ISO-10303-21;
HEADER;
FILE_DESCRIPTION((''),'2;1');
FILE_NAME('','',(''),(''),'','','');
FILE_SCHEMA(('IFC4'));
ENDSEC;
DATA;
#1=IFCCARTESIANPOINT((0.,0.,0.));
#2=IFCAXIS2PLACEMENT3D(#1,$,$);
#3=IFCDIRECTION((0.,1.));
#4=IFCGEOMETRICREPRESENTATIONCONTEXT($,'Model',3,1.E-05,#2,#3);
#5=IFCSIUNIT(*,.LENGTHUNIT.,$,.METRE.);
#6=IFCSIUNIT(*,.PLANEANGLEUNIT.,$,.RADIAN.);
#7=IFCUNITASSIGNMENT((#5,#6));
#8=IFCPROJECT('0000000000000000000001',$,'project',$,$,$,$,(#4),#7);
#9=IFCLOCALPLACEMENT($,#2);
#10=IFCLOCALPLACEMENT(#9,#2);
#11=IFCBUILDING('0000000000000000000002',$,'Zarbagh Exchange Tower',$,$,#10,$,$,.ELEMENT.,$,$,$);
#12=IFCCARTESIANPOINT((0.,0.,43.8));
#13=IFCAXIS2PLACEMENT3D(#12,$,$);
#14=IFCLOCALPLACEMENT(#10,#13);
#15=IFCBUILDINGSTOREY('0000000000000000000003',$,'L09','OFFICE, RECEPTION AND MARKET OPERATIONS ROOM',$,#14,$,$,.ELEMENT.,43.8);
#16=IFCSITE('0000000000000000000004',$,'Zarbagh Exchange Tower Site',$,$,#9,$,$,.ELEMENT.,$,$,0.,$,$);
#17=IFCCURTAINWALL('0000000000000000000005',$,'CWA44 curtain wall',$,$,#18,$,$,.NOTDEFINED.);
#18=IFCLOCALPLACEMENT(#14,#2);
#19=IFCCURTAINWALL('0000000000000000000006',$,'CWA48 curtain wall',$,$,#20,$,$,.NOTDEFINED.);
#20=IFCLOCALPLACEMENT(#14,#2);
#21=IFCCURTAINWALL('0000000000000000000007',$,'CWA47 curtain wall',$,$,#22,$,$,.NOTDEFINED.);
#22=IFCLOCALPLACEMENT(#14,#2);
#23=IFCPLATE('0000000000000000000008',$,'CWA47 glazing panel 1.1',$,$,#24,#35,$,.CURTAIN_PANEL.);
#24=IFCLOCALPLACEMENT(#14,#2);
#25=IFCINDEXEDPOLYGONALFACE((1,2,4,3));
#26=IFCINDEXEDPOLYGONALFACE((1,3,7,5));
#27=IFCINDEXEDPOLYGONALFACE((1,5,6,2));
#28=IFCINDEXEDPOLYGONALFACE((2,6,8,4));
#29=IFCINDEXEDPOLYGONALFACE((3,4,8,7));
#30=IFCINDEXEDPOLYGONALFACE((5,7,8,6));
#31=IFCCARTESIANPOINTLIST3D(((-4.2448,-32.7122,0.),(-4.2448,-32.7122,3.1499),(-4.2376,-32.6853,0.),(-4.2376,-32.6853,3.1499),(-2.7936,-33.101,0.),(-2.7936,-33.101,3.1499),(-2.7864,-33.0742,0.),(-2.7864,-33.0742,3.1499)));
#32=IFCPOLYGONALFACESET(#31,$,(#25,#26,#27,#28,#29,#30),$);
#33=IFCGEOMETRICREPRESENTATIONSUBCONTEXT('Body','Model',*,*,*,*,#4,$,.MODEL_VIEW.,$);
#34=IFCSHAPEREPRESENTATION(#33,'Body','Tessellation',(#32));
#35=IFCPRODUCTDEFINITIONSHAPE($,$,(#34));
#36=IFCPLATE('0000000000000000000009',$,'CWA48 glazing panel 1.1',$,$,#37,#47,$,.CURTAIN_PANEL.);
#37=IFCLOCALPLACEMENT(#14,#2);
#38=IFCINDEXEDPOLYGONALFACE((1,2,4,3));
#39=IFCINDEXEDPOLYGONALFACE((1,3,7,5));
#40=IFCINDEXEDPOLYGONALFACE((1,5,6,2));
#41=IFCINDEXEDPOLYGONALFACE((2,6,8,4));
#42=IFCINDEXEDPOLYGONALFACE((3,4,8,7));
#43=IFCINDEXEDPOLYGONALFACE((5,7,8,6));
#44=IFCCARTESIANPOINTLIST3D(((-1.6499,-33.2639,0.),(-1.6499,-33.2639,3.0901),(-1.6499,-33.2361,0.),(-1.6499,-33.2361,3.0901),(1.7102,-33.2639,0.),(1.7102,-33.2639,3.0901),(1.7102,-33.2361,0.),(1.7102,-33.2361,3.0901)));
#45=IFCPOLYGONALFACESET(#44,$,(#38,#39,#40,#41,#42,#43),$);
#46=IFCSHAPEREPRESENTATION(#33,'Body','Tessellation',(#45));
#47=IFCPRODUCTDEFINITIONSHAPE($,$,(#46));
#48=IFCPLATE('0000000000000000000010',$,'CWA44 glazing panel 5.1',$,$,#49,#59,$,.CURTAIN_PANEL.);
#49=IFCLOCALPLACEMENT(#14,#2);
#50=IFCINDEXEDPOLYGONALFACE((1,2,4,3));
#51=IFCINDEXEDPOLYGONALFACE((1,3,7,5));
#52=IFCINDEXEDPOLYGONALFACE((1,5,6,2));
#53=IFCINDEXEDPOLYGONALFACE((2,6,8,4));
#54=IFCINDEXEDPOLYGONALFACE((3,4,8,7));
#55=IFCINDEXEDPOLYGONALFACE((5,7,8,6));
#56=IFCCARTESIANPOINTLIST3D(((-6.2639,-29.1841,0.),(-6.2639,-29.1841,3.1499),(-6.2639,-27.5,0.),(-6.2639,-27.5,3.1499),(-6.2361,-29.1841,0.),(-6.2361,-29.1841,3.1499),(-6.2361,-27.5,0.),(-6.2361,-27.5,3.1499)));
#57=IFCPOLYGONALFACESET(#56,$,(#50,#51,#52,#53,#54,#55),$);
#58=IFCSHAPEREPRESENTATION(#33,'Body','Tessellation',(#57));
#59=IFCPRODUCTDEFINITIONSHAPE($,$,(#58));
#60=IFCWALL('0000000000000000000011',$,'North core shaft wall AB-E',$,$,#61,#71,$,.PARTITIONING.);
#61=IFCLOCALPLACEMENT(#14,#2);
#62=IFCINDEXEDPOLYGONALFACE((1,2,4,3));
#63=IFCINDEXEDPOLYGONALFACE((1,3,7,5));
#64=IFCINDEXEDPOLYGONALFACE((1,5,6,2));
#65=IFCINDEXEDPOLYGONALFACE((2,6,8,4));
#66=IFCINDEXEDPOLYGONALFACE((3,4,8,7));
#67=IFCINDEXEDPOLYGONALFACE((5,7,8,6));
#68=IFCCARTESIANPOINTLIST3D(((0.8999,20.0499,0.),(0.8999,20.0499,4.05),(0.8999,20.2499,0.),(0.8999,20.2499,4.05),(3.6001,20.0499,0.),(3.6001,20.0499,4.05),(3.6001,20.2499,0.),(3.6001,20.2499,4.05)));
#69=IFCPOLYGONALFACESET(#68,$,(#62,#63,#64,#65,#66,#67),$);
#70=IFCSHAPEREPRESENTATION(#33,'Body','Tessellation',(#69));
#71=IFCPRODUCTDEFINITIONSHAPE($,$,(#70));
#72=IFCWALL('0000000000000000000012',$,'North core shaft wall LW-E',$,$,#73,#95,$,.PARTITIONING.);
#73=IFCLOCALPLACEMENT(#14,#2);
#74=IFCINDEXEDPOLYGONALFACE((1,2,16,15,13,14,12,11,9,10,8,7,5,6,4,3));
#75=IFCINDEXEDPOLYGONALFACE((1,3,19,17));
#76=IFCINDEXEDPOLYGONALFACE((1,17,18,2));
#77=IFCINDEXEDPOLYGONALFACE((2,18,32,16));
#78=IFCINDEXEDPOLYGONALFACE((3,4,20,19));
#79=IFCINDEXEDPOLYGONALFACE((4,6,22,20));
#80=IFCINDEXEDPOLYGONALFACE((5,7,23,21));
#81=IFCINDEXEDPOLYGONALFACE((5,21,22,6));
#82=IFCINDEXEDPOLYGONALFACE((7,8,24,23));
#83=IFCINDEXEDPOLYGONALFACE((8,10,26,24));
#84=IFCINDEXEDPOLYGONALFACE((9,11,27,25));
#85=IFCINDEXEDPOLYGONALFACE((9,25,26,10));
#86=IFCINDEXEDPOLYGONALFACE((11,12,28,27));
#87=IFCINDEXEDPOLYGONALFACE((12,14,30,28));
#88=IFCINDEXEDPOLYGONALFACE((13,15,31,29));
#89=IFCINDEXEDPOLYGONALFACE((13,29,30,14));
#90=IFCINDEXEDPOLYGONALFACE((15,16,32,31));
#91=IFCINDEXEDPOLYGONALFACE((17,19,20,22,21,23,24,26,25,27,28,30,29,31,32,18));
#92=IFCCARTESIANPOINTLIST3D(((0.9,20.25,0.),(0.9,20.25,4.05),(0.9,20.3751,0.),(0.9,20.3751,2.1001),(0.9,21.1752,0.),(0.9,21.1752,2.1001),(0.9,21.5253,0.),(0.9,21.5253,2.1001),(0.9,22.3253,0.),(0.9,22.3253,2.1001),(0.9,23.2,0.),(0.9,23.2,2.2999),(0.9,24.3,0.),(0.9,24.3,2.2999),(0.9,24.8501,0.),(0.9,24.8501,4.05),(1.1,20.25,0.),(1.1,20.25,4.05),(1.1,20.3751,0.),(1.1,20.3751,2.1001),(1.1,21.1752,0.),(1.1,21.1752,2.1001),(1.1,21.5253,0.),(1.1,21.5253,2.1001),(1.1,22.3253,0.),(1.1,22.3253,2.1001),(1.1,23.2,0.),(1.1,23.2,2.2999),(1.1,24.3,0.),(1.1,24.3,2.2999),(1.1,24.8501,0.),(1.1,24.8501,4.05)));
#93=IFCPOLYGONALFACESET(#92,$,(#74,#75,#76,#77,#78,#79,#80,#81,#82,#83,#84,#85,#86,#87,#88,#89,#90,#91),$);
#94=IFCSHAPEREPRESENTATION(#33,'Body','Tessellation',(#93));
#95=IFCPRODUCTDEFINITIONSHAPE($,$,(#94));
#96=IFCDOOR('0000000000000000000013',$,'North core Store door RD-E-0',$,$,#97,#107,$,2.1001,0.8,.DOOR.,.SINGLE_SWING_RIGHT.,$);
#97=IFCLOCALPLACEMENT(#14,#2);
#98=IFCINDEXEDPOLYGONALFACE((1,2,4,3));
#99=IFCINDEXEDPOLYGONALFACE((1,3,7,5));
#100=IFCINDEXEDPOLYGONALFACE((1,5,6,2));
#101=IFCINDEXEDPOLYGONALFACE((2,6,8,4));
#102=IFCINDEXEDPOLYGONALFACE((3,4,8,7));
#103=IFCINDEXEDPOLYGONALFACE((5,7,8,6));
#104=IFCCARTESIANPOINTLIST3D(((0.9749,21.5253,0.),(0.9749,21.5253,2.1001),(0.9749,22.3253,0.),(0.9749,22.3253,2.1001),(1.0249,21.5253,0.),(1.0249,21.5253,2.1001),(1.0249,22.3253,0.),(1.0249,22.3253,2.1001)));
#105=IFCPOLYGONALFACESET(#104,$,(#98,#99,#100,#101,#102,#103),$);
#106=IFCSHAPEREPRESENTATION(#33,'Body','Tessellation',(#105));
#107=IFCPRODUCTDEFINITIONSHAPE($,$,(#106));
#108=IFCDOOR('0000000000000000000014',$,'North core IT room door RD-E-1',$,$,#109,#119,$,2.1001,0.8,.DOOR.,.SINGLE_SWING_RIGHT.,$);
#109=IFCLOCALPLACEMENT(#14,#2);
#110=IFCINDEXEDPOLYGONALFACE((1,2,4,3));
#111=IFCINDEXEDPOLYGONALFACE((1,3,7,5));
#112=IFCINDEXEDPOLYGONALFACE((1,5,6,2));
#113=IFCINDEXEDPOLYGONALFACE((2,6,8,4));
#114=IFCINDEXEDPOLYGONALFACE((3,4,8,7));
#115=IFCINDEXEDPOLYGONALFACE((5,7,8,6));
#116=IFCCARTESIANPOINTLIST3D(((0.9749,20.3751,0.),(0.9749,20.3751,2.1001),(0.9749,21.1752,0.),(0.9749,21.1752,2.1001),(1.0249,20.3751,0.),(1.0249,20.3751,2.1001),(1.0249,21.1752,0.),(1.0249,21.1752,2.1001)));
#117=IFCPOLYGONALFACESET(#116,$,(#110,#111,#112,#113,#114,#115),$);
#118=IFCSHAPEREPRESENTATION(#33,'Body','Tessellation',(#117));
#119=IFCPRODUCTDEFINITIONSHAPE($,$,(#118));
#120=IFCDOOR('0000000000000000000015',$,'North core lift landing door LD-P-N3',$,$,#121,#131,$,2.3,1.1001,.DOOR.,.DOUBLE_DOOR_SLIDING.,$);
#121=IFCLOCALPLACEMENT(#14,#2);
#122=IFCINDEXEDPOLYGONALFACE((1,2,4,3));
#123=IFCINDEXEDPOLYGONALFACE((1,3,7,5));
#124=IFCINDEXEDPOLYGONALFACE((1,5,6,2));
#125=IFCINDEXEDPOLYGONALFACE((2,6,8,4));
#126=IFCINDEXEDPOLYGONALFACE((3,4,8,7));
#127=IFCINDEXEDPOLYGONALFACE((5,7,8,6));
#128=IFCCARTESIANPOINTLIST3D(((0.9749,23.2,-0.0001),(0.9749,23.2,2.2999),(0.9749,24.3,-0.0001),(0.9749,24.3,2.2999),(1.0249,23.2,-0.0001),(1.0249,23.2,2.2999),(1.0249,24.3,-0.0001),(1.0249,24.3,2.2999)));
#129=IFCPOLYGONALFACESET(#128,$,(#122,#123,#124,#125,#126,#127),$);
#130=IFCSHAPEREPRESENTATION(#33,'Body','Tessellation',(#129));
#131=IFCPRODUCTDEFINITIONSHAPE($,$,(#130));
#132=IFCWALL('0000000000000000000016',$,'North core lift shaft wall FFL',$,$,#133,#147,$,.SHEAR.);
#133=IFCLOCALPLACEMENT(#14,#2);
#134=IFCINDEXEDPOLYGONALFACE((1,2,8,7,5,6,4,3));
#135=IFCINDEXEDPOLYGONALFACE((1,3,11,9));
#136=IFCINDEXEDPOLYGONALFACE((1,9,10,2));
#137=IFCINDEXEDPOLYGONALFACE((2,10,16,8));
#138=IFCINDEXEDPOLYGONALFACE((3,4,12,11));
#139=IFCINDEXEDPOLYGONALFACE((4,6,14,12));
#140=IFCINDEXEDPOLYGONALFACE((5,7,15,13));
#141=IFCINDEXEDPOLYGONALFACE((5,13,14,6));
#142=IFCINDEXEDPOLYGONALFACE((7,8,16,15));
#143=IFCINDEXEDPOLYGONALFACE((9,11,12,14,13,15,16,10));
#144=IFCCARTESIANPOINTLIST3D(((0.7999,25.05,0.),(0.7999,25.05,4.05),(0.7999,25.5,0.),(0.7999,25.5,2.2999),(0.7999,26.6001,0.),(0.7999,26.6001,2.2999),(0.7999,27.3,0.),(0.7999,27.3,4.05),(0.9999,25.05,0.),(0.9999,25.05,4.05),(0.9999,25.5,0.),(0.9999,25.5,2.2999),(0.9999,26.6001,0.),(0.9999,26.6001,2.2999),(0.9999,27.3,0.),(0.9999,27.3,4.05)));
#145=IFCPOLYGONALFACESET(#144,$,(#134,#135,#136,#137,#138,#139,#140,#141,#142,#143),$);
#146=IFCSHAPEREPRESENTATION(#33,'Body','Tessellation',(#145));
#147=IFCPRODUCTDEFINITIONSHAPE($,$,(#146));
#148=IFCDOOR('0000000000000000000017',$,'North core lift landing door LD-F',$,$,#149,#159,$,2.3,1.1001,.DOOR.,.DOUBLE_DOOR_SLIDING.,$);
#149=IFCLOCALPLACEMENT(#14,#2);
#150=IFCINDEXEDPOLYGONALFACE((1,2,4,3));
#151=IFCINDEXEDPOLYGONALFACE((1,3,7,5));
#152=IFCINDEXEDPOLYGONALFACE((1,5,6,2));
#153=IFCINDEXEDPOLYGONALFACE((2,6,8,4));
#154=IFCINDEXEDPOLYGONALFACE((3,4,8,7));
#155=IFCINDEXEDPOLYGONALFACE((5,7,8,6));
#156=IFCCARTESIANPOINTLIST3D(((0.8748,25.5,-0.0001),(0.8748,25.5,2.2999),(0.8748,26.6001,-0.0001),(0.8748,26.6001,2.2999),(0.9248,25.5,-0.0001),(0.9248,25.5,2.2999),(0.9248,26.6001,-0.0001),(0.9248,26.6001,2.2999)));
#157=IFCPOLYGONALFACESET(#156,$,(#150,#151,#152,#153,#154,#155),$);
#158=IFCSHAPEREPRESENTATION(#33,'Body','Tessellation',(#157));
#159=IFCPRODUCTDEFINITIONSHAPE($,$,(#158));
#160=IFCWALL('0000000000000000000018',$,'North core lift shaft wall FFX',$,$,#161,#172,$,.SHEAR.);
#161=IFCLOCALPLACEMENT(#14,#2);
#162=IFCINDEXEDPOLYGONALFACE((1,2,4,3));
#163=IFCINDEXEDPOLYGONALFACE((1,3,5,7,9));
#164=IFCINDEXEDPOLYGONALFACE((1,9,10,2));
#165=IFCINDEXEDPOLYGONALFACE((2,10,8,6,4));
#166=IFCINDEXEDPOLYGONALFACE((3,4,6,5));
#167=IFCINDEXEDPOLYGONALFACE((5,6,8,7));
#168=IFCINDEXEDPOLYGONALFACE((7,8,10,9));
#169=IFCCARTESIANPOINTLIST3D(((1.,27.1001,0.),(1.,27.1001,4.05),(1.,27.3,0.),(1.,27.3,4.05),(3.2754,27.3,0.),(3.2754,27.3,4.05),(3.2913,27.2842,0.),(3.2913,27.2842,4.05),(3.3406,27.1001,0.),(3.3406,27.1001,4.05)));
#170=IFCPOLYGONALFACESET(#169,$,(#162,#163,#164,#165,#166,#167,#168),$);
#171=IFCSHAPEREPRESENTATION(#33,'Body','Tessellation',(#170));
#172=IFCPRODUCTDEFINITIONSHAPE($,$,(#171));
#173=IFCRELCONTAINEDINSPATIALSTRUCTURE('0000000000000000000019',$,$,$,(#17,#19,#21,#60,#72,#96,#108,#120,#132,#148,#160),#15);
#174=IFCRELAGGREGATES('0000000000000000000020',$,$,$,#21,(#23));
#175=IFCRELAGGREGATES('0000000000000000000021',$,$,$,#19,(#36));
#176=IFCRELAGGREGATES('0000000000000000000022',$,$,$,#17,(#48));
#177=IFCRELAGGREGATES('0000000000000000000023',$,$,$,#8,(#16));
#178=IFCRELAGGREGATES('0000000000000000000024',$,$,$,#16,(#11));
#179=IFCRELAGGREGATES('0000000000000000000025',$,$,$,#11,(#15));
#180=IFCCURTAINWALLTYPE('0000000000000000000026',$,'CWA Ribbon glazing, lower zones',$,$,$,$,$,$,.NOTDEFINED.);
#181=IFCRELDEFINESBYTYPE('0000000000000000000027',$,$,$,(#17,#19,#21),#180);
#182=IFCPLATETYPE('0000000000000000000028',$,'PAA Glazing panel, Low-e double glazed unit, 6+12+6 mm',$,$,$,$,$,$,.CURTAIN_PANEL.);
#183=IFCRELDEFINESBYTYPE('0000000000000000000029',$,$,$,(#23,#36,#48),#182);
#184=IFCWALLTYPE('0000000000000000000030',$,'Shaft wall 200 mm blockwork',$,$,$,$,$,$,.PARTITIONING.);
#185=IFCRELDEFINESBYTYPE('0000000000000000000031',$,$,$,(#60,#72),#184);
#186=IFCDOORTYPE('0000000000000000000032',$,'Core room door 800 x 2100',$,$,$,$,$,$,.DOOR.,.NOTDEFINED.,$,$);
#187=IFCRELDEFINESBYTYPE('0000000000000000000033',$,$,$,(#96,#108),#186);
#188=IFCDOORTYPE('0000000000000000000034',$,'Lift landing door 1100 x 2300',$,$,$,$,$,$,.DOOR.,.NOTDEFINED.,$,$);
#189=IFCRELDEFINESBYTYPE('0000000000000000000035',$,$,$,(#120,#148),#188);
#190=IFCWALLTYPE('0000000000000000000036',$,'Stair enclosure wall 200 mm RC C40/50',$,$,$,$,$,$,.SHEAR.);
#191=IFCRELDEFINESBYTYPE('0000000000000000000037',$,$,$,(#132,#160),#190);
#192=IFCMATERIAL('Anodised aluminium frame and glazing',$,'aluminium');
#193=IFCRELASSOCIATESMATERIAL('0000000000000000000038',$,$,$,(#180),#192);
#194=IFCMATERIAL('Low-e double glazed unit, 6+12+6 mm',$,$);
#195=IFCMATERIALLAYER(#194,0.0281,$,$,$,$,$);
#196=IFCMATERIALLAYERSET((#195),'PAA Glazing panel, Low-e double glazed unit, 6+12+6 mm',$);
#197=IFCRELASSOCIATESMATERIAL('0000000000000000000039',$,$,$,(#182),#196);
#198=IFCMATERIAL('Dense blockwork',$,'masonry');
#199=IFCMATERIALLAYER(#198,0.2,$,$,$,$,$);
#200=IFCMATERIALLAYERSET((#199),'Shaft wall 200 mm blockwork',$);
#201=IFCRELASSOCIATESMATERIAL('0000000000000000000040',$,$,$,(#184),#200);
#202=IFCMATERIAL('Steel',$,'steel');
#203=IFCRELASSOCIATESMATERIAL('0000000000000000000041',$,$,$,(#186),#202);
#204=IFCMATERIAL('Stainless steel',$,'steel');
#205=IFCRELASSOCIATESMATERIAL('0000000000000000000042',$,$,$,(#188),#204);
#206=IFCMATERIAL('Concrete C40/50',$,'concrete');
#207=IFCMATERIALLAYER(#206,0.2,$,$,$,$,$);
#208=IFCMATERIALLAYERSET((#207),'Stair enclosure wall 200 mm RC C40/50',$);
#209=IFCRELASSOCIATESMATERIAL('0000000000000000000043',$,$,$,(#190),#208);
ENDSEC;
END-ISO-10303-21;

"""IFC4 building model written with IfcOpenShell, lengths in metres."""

from ifc_helpers import new_model, si_unit, direction, frame, frame_2d, origin, place, context, subcontext, project, spatial, polyline, rectangle, outline, extrude, source, transform, mapped, material, layer, layer_set, type_object, element, fill, aggregate, save


model = new_model("IFC4")

# Units and contexts
model_context = context("Model", 3, precision=1e-05, world=origin(), true_north=direction((0.0, 1.0)))
body_context = subcontext(model_context, "Body", "Model", "MODEL_VIEW")
ifc_project = project(units=[si_unit("LENGTHUNIT", "METRE"), si_unit("PLANEANGLEUNIT", "RADIAN")], contexts=[model_context])

# Site, building, storey
site_placement = place(None, origin())
site = spatial("IfcSite", under=ifc_project, at=site_placement, Name="Zarbagh Exchange Tower Site", CompositionType="ELEMENT", RefElevation=0.0)
building_placement = place(site_placement, origin())
building = spatial("IfcBuilding", under=site, at=building_placement, Name="Zarbagh Exchange Tower", CompositionType="ELEMENT")
storey_placement = place(building_placement, frame((0.0, 0.0, 43.8)))
storey = spatial("IfcBuildingStorey", under=building, at=storey_placement, Name="L09", Description="OFFICE, RECEPTION AND MARKET OPERATIONS ROOM", CompositionType="ELEMENT", Elevation=43.8)

# Curtain wall
ifc_material_1 = material(Name="Anodised aluminium frame and glazing", Category="aluminium")
curtain_wall_type = type_object("IfcCurtainWallType", Name="CWA Ribbon glazing, lower zones", PredefinedType="NOTDEFINED", material=ifc_material_1)
curtain_wall_1_placement = place(storey_placement, origin())
curtain_wall_1 = element("IfcCurtainWall", 1, at=curtain_wall_1_placement, inside=storey, type_object=curtain_wall_type, Name="CWA44 curtain wall", PredefinedType="NOTDEFINED")
placement = place(storey_placement, origin())

# Curtain wall
curtain_wall_2_placement = place(storey_placement, origin())
curtain_wall_2 = element("IfcCurtainWall", 2, at=curtain_wall_2_placement, inside=storey, type_object=curtain_wall_type, Name="CWA48 curtain wall", PredefinedType="NOTDEFINED")

# Shared definitions
ifc_material_2 = material(Name="Concrete C40/50", Category="concrete")

# Shared definitions
ifc_material_3 = material(Name="Low-e double glazed unit, 6+12+6 mm")
ifc_layer_1 = layer(ifc_material_3, 0.0281)
ifc_layer_set_1 = layer_set([ifc_layer_1], Name="PAA Glazing panel, Low-e double glazed unit, 6+12+6 mm")
plate_type = type_object("IfcPlateType", Name="PAA Glazing panel, Low-e double glazed unit, 6+12+6 mm", PredefinedType="CURTAIN_PANEL", material=ifc_layer_set_1)

# Curtain wall, plate
curtain_wall_3_placement = place(storey_placement, origin())
curtain_wall_3 = element("IfcCurtainWall", 3, at=curtain_wall_3_placement, inside=storey, type_object=curtain_wall_type, Name="CWA47 curtain wall", PredefinedType="NOTDEFINED")
shared_shape_1 = source(origin(), body_context, "Body", "SweptSolid", [
    extrude(outline(polyline([(0.0, -0.0139), (1.5024, -0.0139), (1.5024, 0.0139), (0.0, 0.0139), (0.0, -0.0139)])), origin(), (0.0, 0.0, 1.0), 3.1499),
])
plate_1 = element("IfcPlate", 4, at=placement, type_object=plate_type, Name="CWA47 glazing panel 1.1", PredefinedType="CURTAIN_PANEL", context=body_context, shape_type="MappedRepresentation", body=[
    mapped(shared_shape_1, transform((-4.2412, -32.6987, 0.0), x_axis=(0.965924, -0.258825, 0.0), y_axis=(0.258825, 0.965924, 0.0), z_axis=(0.0, 0.0, 1.0))),
])
aggregate(curtain_wall_3, [plate_1])

# Plates
shared_shape_2 = source(origin(), body_context, "Body", "SweptSolid", [
    extrude(outline(polyline([(0.0, -0.0139), (3.3601, -0.0139), (3.3601, 0.0139), (0.0, 0.0139), (0.0, -0.0139)])), origin(), (0.0, 0.0, 1.0), 3.0901),
])
plate_2 = element("IfcPlate", 5, at=placement, type_object=plate_type, Name="CWA48 glazing panel 1.1", PredefinedType="CURTAIN_PANEL", context=body_context, shape_type="MappedRepresentation", body=[
    mapped(shared_shape_2, transform((-1.6499, -33.25, 0.0), x_axis=(1.0, 0.0, 0.0), y_axis=(0.0, 1.0, 0.0), z_axis=(0.0, 0.0, 1.0))),
])
aggregate(curtain_wall_2, [plate_2])
shared_shape_3 = source(origin(), body_context, "Body", "SweptSolid", [
    extrude(outline(polyline([(0.0, -0.0139), (1.6841, -0.0139), (1.6841, 0.0139), (0.0, 0.0139), (0.0, -0.0139)])), origin(), (0.0, 0.0, 1.0), 3.1499),
])
plate_3 = element("IfcPlate", 6, at=placement, type_object=plate_type, Name="CWA44 glazing panel 5.1", PredefinedType="CURTAIN_PANEL", context=body_context, shape_type="MappedRepresentation", body=[
    mapped(shared_shape_3, transform((-6.25, -27.5, 0.0), x_axis=(0.0, -1.0, 0.0), y_axis=(1.0, 0.0, 0.0), z_axis=(0.0, 0.0, 1.0))),
])
aggregate(curtain_wall_1, [plate_3])

# Wall
ifc_material_4 = material(Name="Dense blockwork", Category="masonry")
ifc_layer_2 = layer(ifc_material_4, 0.2)
ifc_layer_set_2 = layer_set([ifc_layer_2], Name="Shaft wall 200 mm blockwork")
wall_type_1 = type_object("IfcWallType", Name="Shaft wall 200 mm blockwork", PredefinedType="PARTITIONING", material=ifc_layer_set_2)
wall_1_placement = place(storey_placement, frame((0.8999, 20.1499, 0.0), z_axis=(0.0, 0.0, 1.0), x_axis=(1.0, 0.0, 0.0)))
element("IfcWall", 7, at=wall_1_placement, inside=storey, type_object=wall_type_1, Name="North core shaft wall AB-E", PredefinedType="PARTITIONING", context=body_context, shape_type="SweptSolid", body=[
    extrude(rectangle(XDim=2.7002, YDim=0.2, at=frame_2d((1.3501, 0.0))), origin(), (0.0, 0.0, 1.0), 4.05),
])

# Wall, openings, doors
wall_2_placement = place(storey_placement, frame((1.0, 24.8501, 0.0), z_axis=(0.0, 0.0, 1.0), x_axis=(0.0, -1.0, 0.0)))
wall_2 = element("IfcWall", 8, at=wall_2_placement, inside=storey, type_object=wall_type_1, Name="North core shaft wall LW-E", PredefinedType="PARTITIONING", context=body_context, shape_type="SweptSolid", body=[
    extrude(rectangle(XDim=4.6001, YDim=0.2, at=frame_2d((2.3, 0.0))), origin(), (0.0, 0.0, 1.0), 4.05),
])
opening_1_placement = place(wall_2_placement, frame((0.55, 0.0, 0.0)))
opening_1 = element("IfcOpeningElement", 9, at=opening_1_placement, cuts=wall_2, PredefinedType="OPENING", context=body_context, shape_type="SweptSolid", body=[
    extrude(rectangle(XDim=1.1001, YDim=2.3, at=frame_2d((0.55, 1.1499))), frame((0.0, 0.1099, 0.0), z_axis=(0.0, -1.0, 0.0), x_axis=(1.0, 0.0, 0.0)), (0.0, 0.0, 1.0), 0.22),
])
opening_2_placement = place(wall_2_placement, frame((2.5249, 0.0, 0.0)))
opening_2 = element("IfcOpeningElement", 10, at=opening_2_placement, cuts=wall_2, PredefinedType="OPENING", context=body_context, shape_type="SweptSolid", body=[
    extrude(rectangle(XDim=0.8, YDim=2.1001, at=frame_2d((0.3999, 1.05))), frame((0.0, 0.1099, 0.0), z_axis=(0.0, -1.0, 0.0), x_axis=(1.0, 0.0, 0.0)), (0.0, 0.0, 1.0), 0.22),
])
opening_3_placement = place(wall_2_placement, frame((3.675, 0.0, 0.0)))
opening_3 = element("IfcOpeningElement", 11, at=opening_3_placement, cuts=wall_2, PredefinedType="OPENING", context=body_context, shape_type="SweptSolid", body=[
    extrude(rectangle(XDim=0.8, YDim=2.1001, at=frame_2d((0.3999, 1.05))), frame((0.0, 0.1099, 0.0), z_axis=(0.0, -1.0, 0.0), x_axis=(1.0, 0.0, 0.0)), (0.0, 0.0, 1.0), 0.22),
])
ifc_material_5 = material(Name="Steel", Category="steel")
door_type_1 = type_object("IfcDoorType", Name="Core room door 800 x 2100", OperationType="NOTDEFINED", PredefinedType="DOOR", material=ifc_material_5)
door_1_placement = place(opening_2_placement, origin())
door_1 = element("IfcDoor", 12, at=door_1_placement, inside=storey, type_object=door_type_1, Name="North core Store door RD-E-0", OperationType="SINGLE_SWING_RIGHT", OverallHeight=2.1001, OverallWidth=0.8, PredefinedType="DOOR", context=body_context, shape_type="SweptSolid", body=[
    extrude(rectangle(XDim=0.8, YDim=2.1001, at=frame_2d((0.3999, 1.05))), frame((0.0, 0.0249, 0.0), z_axis=(0.0, -1.0, 0.0), x_axis=(1.0, 0.0, 0.0)), (0.0, 0.0, 1.0), 0.05),
])
fill(opening_2, door_1)
door_2_placement = place(opening_3_placement, origin())
door_2 = element("IfcDoor", 13, at=door_2_placement, inside=storey, type_object=door_type_1, Name="North core IT room door RD-E-1", OperationType="SINGLE_SWING_RIGHT", OverallHeight=2.1001, OverallWidth=0.8, PredefinedType="DOOR", context=body_context, shape_type="SweptSolid", body=[
    extrude(rectangle(XDim=0.8, YDim=2.1001, at=frame_2d((0.3999, 1.05))), frame((0.0, 0.0249, 0.0), z_axis=(0.0, -1.0, 0.0), x_axis=(1.0, 0.0, 0.0)), (0.0, 0.0, 1.0), 0.05),
])
fill(opening_3, door_2)
ifc_material_6 = material(Name="Stainless steel", Category="steel")
door_type_2 = type_object("IfcDoorType", Name="Lift landing door 1100 x 2300", OperationType="NOTDEFINED", PredefinedType="DOOR", material=ifc_material_6)
door_3_placement = place(opening_1_placement, origin())
door_3 = element("IfcDoor", 14, at=door_3_placement, inside=storey, type_object=door_type_2, Name="North core lift landing door LD-P-N3", OperationType="DOUBLE_DOOR_SLIDING", OverallHeight=2.3, OverallWidth=1.1001, PredefinedType="DOOR", context=body_context, shape_type="SweptSolid", body=[
    extrude(rectangle(XDim=1.1001, YDim=2.3, at=frame_2d((0.55, 1.1499))), frame((0.0, 0.0249, 0.0), z_axis=(0.0, -1.0, 0.0), x_axis=(1.0, 0.0, 0.0)), (0.0, 0.0, 1.0), 0.05),
])
fill(opening_1, door_3)

# Wall, opening, door
ifc_layer_3 = layer(ifc_material_2, 0.2)
ifc_layer_set_3 = layer_set([ifc_layer_3], Name="Stair enclosure wall 200 mm RC C40/50")
wall_type_2 = type_object("IfcWallType", Name="Stair enclosure wall 200 mm RC C40/50", PredefinedType="SHEAR", material=ifc_layer_set_3)
wall_3_placement = place(storey_placement, frame((0.8999, 27.3, 0.0), z_axis=(0.0, 0.0, 1.0), x_axis=(0.0, -1.0, 0.0)))
wall_3 = element("IfcWall", 15, at=wall_3_placement, inside=storey, type_object=wall_type_2, Name="North core lift shaft wall FFL", PredefinedType="SHEAR", context=body_context, shape_type="SweptSolid", body=[
    extrude(rectangle(XDim=2.25, YDim=0.2, at=frame_2d((1.125, 0.0))), origin(), (0.0, 0.0, 1.0), 4.05),
])
opening_4_placement = place(wall_3_placement, frame((0.7, 0.0, 0.0)))
opening_4 = element("IfcOpeningElement", 16, at=opening_4_placement, cuts=wall_3, PredefinedType="OPENING", context=body_context, shape_type="SweptSolid", body=[
    extrude(rectangle(XDim=1.1001, YDim=2.3, at=frame_2d((0.55, 1.1499))), frame((0.0, 0.1099, 0.0), z_axis=(0.0, -1.0, 0.0), x_axis=(1.0, 0.0, 0.0)), (0.0, 0.0, 1.0), 0.22),
])
door_4_placement = place(opening_4_placement, origin())
door_4 = element("IfcDoor", 17, at=door_4_placement, inside=storey, type_object=door_type_2, Name="North core lift landing door LD-F", OperationType="DOUBLE_DOOR_SLIDING", OverallHeight=2.3, OverallWidth=1.1001, PredefinedType="DOOR", context=body_context, shape_type="SweptSolid", body=[
    extrude(rectangle(XDim=1.1001, YDim=2.3, at=frame_2d((0.55, 1.1499))), frame((0.0, 0.0249, 0.0), z_axis=(0.0, -1.0, 0.0), x_axis=(1.0, 0.0, 0.0)), (0.0, 0.0, 1.0), 0.05),
])
fill(opening_4, door_4)

# Wall
wall_4_placement = place(storey_placement, origin())
element("IfcWall", 18, at=wall_4_placement, inside=storey, type_object=wall_type_2, Name="North core lift shaft wall FFX", PredefinedType="SHEAR", context=body_context, shape_type="SweptSolid", body=[
    extrude(outline(polyline([(1.0, 27.1001), (3.3406, 27.1001), (3.2913, 27.2842), (3.2754, 27.3), (1.0, 27.3), (1.0, 27.1001)])), origin(), (0.0, 0.0, 1.0), 4.05),
])

save(model, "model.ifc")
